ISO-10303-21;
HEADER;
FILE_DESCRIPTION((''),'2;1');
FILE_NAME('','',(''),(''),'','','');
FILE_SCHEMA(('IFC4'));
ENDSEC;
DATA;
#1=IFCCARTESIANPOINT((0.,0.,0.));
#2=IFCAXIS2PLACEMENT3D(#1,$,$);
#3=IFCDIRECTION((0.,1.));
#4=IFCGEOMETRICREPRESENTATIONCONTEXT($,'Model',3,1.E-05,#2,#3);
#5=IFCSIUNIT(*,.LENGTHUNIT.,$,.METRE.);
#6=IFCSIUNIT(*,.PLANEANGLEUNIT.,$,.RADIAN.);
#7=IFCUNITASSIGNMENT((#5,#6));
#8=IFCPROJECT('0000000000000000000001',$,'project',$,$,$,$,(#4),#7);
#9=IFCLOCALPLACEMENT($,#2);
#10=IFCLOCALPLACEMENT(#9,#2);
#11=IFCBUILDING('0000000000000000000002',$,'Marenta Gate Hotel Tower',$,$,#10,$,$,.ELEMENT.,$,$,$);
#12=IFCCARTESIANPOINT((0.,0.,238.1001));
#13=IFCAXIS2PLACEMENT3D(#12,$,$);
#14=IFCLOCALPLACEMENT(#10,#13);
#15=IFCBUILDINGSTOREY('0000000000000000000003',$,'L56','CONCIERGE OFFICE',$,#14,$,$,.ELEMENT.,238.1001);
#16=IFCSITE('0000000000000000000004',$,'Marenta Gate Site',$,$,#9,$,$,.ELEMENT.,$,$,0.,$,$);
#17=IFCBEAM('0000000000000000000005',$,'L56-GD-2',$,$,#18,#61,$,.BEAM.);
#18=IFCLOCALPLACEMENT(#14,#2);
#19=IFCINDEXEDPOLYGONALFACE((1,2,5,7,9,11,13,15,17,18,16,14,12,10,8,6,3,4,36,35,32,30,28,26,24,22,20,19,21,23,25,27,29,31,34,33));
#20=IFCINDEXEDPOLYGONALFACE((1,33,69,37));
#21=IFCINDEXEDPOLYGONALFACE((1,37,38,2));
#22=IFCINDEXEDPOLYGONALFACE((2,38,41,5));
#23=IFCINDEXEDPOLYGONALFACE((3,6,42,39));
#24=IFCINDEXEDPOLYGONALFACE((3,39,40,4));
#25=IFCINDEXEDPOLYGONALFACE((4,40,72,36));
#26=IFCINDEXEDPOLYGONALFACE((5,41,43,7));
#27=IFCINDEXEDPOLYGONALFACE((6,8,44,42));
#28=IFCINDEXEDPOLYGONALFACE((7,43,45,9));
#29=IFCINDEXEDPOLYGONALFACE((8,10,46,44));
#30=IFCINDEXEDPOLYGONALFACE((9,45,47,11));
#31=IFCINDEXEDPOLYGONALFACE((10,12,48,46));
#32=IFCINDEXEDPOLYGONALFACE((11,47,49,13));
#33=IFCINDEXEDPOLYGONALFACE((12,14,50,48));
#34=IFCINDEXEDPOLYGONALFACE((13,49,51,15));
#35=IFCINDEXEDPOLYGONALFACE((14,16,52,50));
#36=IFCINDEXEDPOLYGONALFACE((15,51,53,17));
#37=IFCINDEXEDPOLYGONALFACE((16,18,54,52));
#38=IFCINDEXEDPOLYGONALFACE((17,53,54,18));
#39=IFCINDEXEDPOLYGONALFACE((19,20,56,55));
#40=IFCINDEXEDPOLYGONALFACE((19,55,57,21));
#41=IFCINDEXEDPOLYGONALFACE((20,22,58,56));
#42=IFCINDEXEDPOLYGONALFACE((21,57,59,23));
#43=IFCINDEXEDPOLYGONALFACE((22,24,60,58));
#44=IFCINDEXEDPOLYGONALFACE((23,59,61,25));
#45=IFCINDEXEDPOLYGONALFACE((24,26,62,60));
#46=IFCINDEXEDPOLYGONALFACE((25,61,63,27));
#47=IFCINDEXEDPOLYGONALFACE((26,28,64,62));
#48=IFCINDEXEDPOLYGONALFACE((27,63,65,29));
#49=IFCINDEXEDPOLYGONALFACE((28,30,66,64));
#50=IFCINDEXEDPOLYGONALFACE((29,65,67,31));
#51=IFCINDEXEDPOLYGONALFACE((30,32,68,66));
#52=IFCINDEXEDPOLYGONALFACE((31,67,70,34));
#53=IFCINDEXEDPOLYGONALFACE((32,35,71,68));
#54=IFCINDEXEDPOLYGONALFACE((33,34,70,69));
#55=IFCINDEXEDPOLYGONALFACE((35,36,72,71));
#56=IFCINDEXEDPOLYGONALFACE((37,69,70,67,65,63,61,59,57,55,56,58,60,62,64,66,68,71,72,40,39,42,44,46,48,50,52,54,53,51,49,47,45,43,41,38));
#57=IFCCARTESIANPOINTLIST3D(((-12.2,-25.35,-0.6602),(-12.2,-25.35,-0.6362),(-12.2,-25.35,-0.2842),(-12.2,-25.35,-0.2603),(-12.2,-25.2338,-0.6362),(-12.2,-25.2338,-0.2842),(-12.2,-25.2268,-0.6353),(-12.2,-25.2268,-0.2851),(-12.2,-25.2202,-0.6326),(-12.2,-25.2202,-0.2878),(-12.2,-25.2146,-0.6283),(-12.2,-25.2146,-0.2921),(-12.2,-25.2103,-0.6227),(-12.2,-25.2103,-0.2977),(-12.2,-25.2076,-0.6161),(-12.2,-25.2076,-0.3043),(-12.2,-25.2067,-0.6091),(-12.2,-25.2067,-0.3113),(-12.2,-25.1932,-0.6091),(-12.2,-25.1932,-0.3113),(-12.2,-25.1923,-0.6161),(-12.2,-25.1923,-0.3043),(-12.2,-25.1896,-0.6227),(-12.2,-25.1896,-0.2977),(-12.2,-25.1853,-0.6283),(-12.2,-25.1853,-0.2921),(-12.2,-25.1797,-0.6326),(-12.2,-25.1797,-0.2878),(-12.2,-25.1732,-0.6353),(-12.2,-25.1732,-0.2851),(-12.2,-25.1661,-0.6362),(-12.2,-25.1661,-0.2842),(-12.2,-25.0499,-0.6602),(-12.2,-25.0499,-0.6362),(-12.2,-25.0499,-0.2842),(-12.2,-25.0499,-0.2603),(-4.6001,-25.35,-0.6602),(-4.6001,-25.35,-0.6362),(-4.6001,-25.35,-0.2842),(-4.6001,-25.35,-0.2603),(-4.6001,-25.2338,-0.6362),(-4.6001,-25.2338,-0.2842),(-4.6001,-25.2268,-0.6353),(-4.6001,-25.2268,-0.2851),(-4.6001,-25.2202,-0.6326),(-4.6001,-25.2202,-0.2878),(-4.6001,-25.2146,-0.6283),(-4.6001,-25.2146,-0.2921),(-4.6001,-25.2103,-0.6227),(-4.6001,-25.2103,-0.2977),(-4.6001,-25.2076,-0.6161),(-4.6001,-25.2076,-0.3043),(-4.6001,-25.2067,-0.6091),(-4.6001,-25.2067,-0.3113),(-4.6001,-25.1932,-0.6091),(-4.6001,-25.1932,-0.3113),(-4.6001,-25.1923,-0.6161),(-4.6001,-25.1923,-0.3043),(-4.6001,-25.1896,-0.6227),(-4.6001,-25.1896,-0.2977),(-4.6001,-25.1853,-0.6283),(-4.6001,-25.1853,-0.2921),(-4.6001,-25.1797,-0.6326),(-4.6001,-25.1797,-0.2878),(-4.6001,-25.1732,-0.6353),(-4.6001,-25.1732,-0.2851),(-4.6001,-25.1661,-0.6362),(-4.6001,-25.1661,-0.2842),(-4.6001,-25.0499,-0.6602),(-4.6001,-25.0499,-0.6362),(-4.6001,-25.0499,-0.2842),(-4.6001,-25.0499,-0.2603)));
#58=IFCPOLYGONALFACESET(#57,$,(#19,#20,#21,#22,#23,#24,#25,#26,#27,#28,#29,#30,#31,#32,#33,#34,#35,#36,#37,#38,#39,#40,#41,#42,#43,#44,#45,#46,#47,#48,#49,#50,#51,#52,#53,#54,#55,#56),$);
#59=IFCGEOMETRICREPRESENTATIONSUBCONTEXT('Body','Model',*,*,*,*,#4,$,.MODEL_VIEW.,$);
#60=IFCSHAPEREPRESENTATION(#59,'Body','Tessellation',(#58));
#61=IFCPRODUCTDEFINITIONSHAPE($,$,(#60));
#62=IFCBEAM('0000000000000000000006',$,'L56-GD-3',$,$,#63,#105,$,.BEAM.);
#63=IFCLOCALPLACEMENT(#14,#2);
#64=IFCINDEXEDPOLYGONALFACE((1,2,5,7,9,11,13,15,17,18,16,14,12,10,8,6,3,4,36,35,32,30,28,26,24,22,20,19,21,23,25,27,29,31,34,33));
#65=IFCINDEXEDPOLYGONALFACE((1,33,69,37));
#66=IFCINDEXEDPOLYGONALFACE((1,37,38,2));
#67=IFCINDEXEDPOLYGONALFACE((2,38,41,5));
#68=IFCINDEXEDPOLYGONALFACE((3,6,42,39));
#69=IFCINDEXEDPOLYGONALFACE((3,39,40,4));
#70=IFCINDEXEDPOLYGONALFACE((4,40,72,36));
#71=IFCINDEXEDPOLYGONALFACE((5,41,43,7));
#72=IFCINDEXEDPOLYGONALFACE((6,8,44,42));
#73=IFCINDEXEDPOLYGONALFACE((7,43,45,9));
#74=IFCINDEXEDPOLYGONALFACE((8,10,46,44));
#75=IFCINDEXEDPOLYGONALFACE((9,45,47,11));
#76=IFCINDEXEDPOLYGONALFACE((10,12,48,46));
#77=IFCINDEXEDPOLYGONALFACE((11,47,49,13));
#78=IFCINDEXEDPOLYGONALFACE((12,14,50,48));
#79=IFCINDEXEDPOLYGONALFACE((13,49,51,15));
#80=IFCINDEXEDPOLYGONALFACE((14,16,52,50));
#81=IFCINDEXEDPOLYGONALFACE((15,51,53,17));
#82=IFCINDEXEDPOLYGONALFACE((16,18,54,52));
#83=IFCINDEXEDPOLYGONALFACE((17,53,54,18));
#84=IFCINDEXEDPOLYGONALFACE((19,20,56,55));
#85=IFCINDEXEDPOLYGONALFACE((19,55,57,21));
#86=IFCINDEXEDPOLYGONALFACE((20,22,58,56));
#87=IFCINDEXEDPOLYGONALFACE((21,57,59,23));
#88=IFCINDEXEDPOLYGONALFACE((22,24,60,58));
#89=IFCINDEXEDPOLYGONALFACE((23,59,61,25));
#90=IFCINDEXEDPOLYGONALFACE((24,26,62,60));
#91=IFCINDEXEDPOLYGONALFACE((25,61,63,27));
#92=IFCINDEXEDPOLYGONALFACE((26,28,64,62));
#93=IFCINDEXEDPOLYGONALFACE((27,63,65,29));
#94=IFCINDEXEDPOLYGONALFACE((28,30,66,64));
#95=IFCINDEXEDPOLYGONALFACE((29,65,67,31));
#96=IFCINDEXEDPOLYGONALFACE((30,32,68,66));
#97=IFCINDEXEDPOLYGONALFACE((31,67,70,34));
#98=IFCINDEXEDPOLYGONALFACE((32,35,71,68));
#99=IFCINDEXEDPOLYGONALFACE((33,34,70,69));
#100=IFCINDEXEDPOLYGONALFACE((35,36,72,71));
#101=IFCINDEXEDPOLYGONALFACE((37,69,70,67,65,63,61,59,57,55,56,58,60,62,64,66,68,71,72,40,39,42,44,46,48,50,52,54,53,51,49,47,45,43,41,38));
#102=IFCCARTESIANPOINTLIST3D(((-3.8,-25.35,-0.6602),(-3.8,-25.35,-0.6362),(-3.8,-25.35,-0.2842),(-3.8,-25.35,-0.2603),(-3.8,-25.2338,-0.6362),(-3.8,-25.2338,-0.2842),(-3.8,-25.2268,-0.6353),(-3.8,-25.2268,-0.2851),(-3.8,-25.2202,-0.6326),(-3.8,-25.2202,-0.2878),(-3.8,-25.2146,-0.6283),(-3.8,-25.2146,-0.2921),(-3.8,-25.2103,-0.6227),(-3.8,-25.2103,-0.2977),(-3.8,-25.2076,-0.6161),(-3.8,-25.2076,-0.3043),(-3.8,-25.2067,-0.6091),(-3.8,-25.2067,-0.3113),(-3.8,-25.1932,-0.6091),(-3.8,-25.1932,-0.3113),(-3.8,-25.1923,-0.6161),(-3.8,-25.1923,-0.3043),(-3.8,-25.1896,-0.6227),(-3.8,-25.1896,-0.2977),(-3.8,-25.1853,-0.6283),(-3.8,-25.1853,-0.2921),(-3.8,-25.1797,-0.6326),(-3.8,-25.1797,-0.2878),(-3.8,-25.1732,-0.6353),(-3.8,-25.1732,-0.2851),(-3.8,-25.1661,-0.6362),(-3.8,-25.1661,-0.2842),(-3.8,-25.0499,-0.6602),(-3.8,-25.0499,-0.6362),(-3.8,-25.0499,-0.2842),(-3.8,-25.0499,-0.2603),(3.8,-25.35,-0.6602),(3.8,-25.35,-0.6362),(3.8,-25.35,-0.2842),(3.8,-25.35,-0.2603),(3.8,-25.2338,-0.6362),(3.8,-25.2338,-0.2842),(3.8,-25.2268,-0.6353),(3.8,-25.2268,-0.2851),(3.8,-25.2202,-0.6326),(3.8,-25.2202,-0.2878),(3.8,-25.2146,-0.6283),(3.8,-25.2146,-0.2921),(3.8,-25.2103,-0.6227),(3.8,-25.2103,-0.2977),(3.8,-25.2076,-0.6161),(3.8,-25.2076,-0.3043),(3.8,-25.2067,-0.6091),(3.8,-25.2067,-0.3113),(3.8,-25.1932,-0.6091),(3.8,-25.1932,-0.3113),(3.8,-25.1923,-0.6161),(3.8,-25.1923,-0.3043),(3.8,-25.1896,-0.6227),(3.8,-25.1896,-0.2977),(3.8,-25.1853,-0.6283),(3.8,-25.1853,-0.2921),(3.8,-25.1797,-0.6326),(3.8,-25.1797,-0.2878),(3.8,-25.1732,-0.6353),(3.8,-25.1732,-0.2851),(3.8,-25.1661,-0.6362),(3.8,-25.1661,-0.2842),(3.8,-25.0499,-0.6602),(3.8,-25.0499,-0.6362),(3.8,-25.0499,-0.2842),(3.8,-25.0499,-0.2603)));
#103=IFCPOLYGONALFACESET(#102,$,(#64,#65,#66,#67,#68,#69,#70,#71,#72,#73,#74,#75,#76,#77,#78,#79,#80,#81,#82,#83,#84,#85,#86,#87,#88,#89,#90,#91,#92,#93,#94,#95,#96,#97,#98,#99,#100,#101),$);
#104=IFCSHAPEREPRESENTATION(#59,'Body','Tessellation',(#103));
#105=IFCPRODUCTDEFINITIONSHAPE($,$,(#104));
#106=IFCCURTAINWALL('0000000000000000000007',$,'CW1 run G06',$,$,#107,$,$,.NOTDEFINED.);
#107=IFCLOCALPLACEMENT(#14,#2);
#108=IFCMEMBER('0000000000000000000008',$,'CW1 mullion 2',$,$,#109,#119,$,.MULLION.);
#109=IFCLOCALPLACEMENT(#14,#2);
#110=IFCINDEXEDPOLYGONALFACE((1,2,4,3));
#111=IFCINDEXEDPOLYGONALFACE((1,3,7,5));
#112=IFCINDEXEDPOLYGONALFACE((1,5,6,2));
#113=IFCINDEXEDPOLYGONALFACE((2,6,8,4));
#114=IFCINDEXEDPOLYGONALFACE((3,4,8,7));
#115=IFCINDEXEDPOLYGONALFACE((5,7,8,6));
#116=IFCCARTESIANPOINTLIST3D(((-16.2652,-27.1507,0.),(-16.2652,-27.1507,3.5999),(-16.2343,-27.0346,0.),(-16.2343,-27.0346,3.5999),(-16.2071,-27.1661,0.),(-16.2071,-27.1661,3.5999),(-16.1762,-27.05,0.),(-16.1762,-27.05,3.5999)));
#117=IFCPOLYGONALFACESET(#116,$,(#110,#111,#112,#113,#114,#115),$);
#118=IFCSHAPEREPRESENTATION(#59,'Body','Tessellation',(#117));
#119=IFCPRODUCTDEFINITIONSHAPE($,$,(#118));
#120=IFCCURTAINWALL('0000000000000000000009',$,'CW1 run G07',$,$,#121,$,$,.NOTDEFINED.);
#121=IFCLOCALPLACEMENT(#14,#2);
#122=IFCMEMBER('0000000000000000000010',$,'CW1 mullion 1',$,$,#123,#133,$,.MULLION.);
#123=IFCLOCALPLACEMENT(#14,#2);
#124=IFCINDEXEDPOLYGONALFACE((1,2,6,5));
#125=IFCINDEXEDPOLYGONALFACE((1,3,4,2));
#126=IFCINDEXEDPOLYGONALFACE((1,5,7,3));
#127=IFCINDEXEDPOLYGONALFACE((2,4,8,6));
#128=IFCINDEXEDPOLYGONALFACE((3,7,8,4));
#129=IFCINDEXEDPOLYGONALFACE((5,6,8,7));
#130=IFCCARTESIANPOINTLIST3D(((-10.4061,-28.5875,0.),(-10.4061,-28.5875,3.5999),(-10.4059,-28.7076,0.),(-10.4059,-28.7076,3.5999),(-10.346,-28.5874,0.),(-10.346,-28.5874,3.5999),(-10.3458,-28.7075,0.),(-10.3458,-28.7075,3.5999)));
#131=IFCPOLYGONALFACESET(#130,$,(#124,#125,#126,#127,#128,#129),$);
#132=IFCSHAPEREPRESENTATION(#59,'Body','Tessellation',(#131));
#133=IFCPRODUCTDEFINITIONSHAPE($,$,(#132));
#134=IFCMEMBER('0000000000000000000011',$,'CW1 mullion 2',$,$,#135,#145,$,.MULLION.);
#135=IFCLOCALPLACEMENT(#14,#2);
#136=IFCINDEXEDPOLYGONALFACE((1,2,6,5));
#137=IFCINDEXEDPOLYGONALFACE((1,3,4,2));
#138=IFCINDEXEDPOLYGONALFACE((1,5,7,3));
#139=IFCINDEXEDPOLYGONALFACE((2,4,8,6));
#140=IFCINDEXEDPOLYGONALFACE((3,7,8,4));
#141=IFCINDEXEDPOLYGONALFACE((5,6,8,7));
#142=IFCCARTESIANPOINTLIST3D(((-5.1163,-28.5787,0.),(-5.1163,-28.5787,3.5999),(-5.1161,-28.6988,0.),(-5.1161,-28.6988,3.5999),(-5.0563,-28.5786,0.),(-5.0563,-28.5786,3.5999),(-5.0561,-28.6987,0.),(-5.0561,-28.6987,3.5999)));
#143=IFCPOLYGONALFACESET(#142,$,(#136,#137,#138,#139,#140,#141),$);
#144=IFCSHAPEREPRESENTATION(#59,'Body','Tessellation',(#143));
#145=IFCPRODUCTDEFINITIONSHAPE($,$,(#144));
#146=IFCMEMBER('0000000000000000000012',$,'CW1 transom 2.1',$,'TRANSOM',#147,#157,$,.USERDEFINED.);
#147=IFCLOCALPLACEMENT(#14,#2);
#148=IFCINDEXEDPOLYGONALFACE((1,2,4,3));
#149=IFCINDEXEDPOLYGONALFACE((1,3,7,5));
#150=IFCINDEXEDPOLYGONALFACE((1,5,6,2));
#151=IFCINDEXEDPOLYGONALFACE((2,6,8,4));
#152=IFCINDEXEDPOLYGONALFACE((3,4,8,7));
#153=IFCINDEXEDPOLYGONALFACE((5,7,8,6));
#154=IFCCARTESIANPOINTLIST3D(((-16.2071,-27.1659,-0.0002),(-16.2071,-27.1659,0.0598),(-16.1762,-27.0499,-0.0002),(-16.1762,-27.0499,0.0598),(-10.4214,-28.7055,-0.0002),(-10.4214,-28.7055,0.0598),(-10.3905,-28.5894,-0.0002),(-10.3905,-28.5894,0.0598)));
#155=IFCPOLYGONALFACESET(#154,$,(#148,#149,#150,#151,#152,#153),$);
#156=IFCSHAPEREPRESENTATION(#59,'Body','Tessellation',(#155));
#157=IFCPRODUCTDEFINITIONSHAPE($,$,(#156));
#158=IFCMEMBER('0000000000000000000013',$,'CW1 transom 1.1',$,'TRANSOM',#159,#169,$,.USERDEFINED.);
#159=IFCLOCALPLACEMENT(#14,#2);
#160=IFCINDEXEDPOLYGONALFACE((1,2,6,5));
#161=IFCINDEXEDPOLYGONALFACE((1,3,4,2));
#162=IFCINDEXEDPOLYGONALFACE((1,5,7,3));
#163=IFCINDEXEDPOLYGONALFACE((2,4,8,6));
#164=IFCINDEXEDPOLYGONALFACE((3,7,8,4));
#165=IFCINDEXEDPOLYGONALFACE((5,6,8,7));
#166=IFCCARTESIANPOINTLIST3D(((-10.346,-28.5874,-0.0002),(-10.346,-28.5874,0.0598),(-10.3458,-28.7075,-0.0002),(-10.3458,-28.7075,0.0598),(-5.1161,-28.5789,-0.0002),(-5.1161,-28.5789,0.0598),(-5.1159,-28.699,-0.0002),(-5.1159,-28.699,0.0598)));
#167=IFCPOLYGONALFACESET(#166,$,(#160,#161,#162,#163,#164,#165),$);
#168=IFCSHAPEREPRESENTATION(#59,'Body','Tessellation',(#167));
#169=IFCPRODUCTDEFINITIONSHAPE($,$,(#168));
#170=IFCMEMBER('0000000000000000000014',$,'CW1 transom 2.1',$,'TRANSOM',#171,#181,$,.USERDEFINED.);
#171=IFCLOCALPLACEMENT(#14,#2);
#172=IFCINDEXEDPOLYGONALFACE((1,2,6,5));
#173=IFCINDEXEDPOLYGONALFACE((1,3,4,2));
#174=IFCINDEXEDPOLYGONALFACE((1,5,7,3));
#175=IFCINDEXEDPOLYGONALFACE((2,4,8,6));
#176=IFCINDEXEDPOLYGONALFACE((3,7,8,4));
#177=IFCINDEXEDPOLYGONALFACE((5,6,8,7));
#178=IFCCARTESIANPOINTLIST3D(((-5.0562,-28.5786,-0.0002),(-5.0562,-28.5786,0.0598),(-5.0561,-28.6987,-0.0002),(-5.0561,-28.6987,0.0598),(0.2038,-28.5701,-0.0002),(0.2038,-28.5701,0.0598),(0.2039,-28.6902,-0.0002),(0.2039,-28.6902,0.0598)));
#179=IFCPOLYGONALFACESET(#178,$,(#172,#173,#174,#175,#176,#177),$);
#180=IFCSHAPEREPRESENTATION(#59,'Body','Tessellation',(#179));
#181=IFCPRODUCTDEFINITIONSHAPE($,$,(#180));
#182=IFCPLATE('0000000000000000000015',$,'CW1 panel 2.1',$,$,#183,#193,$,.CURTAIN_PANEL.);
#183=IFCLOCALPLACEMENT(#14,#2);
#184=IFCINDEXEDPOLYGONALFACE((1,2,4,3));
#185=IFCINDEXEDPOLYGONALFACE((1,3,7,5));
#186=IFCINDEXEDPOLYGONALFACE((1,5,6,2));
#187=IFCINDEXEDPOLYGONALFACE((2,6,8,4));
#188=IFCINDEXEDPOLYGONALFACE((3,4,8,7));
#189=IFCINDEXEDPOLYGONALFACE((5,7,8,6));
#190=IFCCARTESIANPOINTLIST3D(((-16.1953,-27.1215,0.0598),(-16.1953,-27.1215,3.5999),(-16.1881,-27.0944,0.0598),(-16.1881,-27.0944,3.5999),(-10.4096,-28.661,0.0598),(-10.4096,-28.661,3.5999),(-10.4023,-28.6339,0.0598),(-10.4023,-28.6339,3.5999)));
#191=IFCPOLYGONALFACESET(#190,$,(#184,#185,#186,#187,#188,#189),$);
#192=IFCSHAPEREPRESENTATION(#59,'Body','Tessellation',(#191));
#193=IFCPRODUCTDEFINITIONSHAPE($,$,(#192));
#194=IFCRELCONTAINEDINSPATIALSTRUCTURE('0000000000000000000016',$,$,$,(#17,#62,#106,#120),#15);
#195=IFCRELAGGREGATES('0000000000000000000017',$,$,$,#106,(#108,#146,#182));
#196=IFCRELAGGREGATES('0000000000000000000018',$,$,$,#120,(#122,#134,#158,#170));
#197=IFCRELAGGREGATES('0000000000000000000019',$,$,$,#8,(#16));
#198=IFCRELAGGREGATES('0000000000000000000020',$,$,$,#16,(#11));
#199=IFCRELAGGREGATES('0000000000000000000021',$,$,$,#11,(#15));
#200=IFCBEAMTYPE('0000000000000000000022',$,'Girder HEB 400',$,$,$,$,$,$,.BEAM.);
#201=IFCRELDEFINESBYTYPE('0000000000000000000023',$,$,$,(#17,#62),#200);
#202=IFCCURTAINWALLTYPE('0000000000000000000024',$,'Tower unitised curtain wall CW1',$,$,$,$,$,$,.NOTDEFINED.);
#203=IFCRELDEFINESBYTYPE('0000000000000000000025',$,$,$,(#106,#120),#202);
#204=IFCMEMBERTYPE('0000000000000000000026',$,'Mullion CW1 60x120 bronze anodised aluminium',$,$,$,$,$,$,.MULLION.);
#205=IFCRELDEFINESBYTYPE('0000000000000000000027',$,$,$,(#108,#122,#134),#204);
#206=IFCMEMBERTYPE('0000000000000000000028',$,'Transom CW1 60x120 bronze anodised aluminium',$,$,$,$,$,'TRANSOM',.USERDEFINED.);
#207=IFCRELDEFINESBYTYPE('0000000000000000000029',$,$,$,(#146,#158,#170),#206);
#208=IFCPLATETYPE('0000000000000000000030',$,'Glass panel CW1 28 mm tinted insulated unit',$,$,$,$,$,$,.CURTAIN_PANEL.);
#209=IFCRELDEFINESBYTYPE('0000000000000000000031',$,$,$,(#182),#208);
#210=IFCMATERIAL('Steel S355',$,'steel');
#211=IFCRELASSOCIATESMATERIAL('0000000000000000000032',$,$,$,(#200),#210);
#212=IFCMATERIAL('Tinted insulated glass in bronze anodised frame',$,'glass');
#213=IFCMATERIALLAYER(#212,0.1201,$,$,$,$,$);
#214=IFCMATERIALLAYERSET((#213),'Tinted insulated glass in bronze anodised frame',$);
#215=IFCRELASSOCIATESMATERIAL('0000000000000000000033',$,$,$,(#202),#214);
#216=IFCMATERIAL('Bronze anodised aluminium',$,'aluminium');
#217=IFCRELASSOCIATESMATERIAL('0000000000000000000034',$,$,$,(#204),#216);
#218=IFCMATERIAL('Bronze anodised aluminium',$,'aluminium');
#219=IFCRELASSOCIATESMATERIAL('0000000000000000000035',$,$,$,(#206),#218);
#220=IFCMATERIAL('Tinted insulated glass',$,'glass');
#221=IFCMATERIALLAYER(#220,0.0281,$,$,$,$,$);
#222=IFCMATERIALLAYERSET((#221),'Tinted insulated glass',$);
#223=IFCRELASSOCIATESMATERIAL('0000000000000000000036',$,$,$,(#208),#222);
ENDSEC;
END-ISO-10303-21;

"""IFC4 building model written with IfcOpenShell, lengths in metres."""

from ifc_helpers import new_model, si_unit, direction, frame, origin, origin_2d, place, context, subcontext, project, spatial, rectangle, i_section, extrude, material, layer, layer_set, material_profile, profile_set, type_object, element, aggregate, save


model = new_model("IFC4")

# Units and contexts
model_context = context("Model", 3, precision=1e-05, world=origin(), true_north=direction((0.0, 1.0)))
body_context = subcontext(model_context, "Body", "Model", "MODEL_VIEW")
ifc_project = project(units=[si_unit("LENGTHUNIT", "METRE"), si_unit("PLANEANGLEUNIT", "RADIAN")], contexts=[model_context])

# Site, building, storey
site_placement = place(None, origin())
site = spatial("IfcSite", under=ifc_project, at=site_placement, Name="Marenta Gate Site", CompositionType="ELEMENT", RefElevation=0.0)
building_placement = place(site_placement, origin())
building = spatial("IfcBuilding", under=site, at=building_placement, Name="Marenta Gate Hotel Tower", CompositionType="ELEMENT")
storey_placement = place(building_placement, frame((0.0, 0.0, 238.1001)))
storey = spatial("IfcBuildingStorey", under=building, at=storey_placement, Name="L56", Description="CONCIERGE OFFICE", CompositionType="ELEMENT", Elevation=238.1001)

# Beams
ifc_material_1 = material(Name="Steel S355", Category="steel")
ifc_material_profile_1 = material_profile(ifc_material_1, i_section(OverallWidth=0.3, OverallDepth=0.3999, WebThickness=0.0134, FlangeThickness=0.0239, FilletRadius=0.0271, at=origin_2d()), Name="HEB 400")
ifc_profile_set_1 = profile_set([ifc_material_profile_1], Name="Steel S355")
beam_type_1 = type_object("IfcBeamType", Name="Girder HEB 400", PredefinedType="BEAM", material=ifc_profile_set_1)
beam_1_placement = place(storey_placement, frame((-12.2, -25.2, -0.4602), z_axis=(1.0, 0.0, 0.0), x_axis=(0.0, 1.0, 0.0)))
element("IfcBeam", 1, at=beam_1_placement, inside=storey, type_object=beam_type_1, Name="L56-GD-2", PredefinedType="BEAM", context=body_context, shape_type="SweptSolid", body=[
    extrude(i_section(OverallWidth=0.3, OverallDepth=0.3999, WebThickness=0.0134, FlangeThickness=0.0239, FilletRadius=0.0271, at=origin_2d()), origin(), (0.0, 0.0, 1.0), 7.5999),
])
beam_2_placement = place(storey_placement, frame((-3.8, -25.2, -0.4602), z_axis=(1.0, 0.0, 0.0), x_axis=(0.0, 1.0, 0.0)))
element("IfcBeam", 2, at=beam_2_placement, inside=storey, type_object=beam_type_1, Name="L56-GD-3", PredefinedType="BEAM", context=body_context, shape_type="SweptSolid", body=[
    extrude(i_section(OverallWidth=0.3, OverallDepth=0.3999, WebThickness=0.0134, FlangeThickness=0.0239, FilletRadius=0.0271, at=origin_2d()), origin(), (0.0, 0.0, 1.0), 7.6001),
])

# Curtain wall, member
ifc_material_2 = material(Name="Tinted insulated glass in bronze anodised frame", Category="glass")
ifc_layer_1 = layer(ifc_material_2, 0.1201)
ifc_layer_set_1 = layer_set([ifc_layer_1], Name="Tinted insulated glass in bronze anodised frame")
curtain_wall_type = type_object("IfcCurtainWallType", Name="Tower unitised curtain wall CW1", PredefinedType="NOTDEFINED", material=ifc_layer_set_1)
curtain_wall_1_placement = place(storey_placement, origin())
curtain_wall_1 = element("IfcCurtainWall", 3, at=curtain_wall_1_placement, inside=storey, type_object=curtain_wall_type, Name="CW1 run G06", PredefinedType="NOTDEFINED")
ifc_material_3 = material(Name="Bronze anodised aluminium", Category="aluminium")
ifc_material_profile_2 = material_profile(ifc_material_3, rectangle(XDim=0.1201, YDim=0.0601, at=origin_2d()), Name="Mullion CW1 60x120 bronze anodised aluminium")
ifc_profile_set_2 = profile_set([ifc_material_profile_2], Name="Bronze anodised aluminium")
member_type_1 = type_object("IfcMemberType", Name="Mullion CW1 60x120 bronze anodised aluminium", PredefinedType="MULLION", material=ifc_profile_set_2)
member_1_placement = place(storey_placement, frame((-16.2207, -27.1003, 0.0), z_axis=(0.0, 0.0, 1.0), x_axis=(0.257139, 0.966374, 0.0)))
member_1 = element("IfcMember", 4, at=member_1_placement, type_object=member_type_1, Name="CW1 mullion 2", PredefinedType="MULLION", context=body_context, shape_type="SweptSolid", body=[
    extrude(rectangle(XDim=0.1201, YDim=0.0601, at=origin_2d()), origin(), (0.0, 0.0, 1.0), 3.5999),
])

# Curtain wall, members
curtain_wall_2_placement = place(storey_placement, origin())
curtain_wall_2 = element("IfcCurtainWall", 5, at=curtain_wall_2_placement, inside=storey, type_object=curtain_wall_type, Name="CW1 run G07", PredefinedType="NOTDEFINED")
member_2_placement = place(storey_placement, frame((-10.376, -28.6475, 0.0), z_axis=(0.0, 0.0, 1.0), x_axis=(-0.001645, 0.999999, 0.0)))
member_2 = element("IfcMember", 6, at=member_2_placement, type_object=member_type_1, Name="CW1 mullion 1", PredefinedType="MULLION", context=body_context, shape_type="SweptSolid", body=[
    extrude(rectangle(XDim=0.1201, YDim=0.0601, at=origin_2d()), origin(), (0.0, 0.0, 1.0), 3.5999),
])
member_3_placement = place(storey_placement, frame((-5.0862, -28.6387, 0.0), z_axis=(0.0, 0.0, 1.0), x_axis=(-0.001645, 0.999999, 0.0)))
member_3 = element("IfcMember", 7, at=member_3_placement, type_object=member_type_1, Name="CW1 mullion 2", PredefinedType="MULLION", context=body_context, shape_type="SweptSolid", body=[
    extrude(rectangle(XDim=0.1201, YDim=0.0601, at=origin_2d()), origin(), (0.0, 0.0, 1.0), 3.5999),
])

# Members
ifc_material_4 = material(Name="Bronze anodised aluminium", Category="aluminium")
ifc_material_profile_3 = material_profile(ifc_material_4, rectangle(XDim=0.1201, YDim=0.0601, at=origin_2d()), Name="Transom CW1 60x120 bronze anodised aluminium")
ifc_profile_set_3 = profile_set([ifc_material_profile_3], Name="Bronze anodised aluminium")
member_type_2 = type_object("IfcMemberType", Name="Transom CW1 60x120 bronze anodised aluminium", ElementType="TRANSOM", PredefinedType="USERDEFINED", material=ifc_profile_set_3)
member_4_placement = place(storey_placement, frame((-16.1917, -27.1079, 0.0298), z_axis=(0.966372, -0.25715, 0.0), x_axis=(0.25715, 0.966372, 0.0)))
member_4 = element("IfcMember", 8, at=member_4_placement, type_object=member_type_2, Name="CW1 transom 2.1", ObjectType="TRANSOM", PredefinedType="USERDEFINED", context=body_context, shape_type="SweptSolid", body=[
    extrude(rectangle(XDim=0.1201, YDim=0.0601, at=origin_2d()), origin(), (0.0, 0.0, 1.0), 5.9871),
])
member_5_placement = place(storey_placement, frame((-10.3459, -28.6475, 0.0298), z_axis=(0.999999, 0.001634, 0.0), x_axis=(-0.001634, 0.999999, 0.0)))
member_5 = element("IfcMember", 9, at=member_5_placement, type_object=member_type_2, Name="CW1 transom 1.1", ObjectType="TRANSOM", PredefinedType="USERDEFINED", context=body_context, shape_type="SweptSolid", body=[
    extrude(rectangle(XDim=0.1201, YDim=0.0601, at=origin_2d()), origin(), (0.0, 0.0, 1.0), 5.23),
])
member_6_placement = place(storey_placement, frame((-5.0562, -28.6387, 0.0298), z_axis=(0.999999, 0.001625, 0.0), x_axis=(-0.001625, 0.999999, 0.0)))
member_6 = element("IfcMember", 10, at=member_6_placement, type_object=member_type_2, Name="CW1 transom 2.1", ObjectType="TRANSOM", PredefinedType="USERDEFINED", context=body_context, shape_type="SweptSolid", body=[
    extrude(rectangle(XDim=0.1201, YDim=0.0601, at=origin_2d()), origin(), (0.0, 0.0, 1.0), 5.26),
])

# Plate
ifc_material_5 = material(Name="Tinted insulated glass", Category="glass")
ifc_layer_2 = layer(ifc_material_5, 0.0281)
ifc_layer_set_2 = layer_set([ifc_layer_2], Name="Tinted insulated glass")
plate_type = type_object("IfcPlateType", Name="Glass panel CW1 28 mm tinted insulated unit", PredefinedType="CURTAIN_PANEL", material=ifc_layer_set_2)
plate_1_placement = place(storey_placement, frame((-13.2988, -27.8777, 0.0598), z_axis=(0.0, 0.0, 1.0), x_axis=(0.966374, -0.257139, 0.0)))
plate_1 = element("IfcPlate", 11, at=plate_1_placement, type_object=plate_type, Name="CW1 panel 2.1", PredefinedType="CURTAIN_PANEL", context=body_context, shape_type="SweptSolid", body=[
    extrude(rectangle(XDim=5.9871, YDim=0.0281, at=origin_2d()), origin(), (0.0, 0.0, 1.0), 3.54),
])
aggregate(curtain_wall_1, [member_1, member_4, plate_1])
aggregate(curtain_wall_2, [member_2, member_3, member_5, member_6])

save(model, "model.ifc")
